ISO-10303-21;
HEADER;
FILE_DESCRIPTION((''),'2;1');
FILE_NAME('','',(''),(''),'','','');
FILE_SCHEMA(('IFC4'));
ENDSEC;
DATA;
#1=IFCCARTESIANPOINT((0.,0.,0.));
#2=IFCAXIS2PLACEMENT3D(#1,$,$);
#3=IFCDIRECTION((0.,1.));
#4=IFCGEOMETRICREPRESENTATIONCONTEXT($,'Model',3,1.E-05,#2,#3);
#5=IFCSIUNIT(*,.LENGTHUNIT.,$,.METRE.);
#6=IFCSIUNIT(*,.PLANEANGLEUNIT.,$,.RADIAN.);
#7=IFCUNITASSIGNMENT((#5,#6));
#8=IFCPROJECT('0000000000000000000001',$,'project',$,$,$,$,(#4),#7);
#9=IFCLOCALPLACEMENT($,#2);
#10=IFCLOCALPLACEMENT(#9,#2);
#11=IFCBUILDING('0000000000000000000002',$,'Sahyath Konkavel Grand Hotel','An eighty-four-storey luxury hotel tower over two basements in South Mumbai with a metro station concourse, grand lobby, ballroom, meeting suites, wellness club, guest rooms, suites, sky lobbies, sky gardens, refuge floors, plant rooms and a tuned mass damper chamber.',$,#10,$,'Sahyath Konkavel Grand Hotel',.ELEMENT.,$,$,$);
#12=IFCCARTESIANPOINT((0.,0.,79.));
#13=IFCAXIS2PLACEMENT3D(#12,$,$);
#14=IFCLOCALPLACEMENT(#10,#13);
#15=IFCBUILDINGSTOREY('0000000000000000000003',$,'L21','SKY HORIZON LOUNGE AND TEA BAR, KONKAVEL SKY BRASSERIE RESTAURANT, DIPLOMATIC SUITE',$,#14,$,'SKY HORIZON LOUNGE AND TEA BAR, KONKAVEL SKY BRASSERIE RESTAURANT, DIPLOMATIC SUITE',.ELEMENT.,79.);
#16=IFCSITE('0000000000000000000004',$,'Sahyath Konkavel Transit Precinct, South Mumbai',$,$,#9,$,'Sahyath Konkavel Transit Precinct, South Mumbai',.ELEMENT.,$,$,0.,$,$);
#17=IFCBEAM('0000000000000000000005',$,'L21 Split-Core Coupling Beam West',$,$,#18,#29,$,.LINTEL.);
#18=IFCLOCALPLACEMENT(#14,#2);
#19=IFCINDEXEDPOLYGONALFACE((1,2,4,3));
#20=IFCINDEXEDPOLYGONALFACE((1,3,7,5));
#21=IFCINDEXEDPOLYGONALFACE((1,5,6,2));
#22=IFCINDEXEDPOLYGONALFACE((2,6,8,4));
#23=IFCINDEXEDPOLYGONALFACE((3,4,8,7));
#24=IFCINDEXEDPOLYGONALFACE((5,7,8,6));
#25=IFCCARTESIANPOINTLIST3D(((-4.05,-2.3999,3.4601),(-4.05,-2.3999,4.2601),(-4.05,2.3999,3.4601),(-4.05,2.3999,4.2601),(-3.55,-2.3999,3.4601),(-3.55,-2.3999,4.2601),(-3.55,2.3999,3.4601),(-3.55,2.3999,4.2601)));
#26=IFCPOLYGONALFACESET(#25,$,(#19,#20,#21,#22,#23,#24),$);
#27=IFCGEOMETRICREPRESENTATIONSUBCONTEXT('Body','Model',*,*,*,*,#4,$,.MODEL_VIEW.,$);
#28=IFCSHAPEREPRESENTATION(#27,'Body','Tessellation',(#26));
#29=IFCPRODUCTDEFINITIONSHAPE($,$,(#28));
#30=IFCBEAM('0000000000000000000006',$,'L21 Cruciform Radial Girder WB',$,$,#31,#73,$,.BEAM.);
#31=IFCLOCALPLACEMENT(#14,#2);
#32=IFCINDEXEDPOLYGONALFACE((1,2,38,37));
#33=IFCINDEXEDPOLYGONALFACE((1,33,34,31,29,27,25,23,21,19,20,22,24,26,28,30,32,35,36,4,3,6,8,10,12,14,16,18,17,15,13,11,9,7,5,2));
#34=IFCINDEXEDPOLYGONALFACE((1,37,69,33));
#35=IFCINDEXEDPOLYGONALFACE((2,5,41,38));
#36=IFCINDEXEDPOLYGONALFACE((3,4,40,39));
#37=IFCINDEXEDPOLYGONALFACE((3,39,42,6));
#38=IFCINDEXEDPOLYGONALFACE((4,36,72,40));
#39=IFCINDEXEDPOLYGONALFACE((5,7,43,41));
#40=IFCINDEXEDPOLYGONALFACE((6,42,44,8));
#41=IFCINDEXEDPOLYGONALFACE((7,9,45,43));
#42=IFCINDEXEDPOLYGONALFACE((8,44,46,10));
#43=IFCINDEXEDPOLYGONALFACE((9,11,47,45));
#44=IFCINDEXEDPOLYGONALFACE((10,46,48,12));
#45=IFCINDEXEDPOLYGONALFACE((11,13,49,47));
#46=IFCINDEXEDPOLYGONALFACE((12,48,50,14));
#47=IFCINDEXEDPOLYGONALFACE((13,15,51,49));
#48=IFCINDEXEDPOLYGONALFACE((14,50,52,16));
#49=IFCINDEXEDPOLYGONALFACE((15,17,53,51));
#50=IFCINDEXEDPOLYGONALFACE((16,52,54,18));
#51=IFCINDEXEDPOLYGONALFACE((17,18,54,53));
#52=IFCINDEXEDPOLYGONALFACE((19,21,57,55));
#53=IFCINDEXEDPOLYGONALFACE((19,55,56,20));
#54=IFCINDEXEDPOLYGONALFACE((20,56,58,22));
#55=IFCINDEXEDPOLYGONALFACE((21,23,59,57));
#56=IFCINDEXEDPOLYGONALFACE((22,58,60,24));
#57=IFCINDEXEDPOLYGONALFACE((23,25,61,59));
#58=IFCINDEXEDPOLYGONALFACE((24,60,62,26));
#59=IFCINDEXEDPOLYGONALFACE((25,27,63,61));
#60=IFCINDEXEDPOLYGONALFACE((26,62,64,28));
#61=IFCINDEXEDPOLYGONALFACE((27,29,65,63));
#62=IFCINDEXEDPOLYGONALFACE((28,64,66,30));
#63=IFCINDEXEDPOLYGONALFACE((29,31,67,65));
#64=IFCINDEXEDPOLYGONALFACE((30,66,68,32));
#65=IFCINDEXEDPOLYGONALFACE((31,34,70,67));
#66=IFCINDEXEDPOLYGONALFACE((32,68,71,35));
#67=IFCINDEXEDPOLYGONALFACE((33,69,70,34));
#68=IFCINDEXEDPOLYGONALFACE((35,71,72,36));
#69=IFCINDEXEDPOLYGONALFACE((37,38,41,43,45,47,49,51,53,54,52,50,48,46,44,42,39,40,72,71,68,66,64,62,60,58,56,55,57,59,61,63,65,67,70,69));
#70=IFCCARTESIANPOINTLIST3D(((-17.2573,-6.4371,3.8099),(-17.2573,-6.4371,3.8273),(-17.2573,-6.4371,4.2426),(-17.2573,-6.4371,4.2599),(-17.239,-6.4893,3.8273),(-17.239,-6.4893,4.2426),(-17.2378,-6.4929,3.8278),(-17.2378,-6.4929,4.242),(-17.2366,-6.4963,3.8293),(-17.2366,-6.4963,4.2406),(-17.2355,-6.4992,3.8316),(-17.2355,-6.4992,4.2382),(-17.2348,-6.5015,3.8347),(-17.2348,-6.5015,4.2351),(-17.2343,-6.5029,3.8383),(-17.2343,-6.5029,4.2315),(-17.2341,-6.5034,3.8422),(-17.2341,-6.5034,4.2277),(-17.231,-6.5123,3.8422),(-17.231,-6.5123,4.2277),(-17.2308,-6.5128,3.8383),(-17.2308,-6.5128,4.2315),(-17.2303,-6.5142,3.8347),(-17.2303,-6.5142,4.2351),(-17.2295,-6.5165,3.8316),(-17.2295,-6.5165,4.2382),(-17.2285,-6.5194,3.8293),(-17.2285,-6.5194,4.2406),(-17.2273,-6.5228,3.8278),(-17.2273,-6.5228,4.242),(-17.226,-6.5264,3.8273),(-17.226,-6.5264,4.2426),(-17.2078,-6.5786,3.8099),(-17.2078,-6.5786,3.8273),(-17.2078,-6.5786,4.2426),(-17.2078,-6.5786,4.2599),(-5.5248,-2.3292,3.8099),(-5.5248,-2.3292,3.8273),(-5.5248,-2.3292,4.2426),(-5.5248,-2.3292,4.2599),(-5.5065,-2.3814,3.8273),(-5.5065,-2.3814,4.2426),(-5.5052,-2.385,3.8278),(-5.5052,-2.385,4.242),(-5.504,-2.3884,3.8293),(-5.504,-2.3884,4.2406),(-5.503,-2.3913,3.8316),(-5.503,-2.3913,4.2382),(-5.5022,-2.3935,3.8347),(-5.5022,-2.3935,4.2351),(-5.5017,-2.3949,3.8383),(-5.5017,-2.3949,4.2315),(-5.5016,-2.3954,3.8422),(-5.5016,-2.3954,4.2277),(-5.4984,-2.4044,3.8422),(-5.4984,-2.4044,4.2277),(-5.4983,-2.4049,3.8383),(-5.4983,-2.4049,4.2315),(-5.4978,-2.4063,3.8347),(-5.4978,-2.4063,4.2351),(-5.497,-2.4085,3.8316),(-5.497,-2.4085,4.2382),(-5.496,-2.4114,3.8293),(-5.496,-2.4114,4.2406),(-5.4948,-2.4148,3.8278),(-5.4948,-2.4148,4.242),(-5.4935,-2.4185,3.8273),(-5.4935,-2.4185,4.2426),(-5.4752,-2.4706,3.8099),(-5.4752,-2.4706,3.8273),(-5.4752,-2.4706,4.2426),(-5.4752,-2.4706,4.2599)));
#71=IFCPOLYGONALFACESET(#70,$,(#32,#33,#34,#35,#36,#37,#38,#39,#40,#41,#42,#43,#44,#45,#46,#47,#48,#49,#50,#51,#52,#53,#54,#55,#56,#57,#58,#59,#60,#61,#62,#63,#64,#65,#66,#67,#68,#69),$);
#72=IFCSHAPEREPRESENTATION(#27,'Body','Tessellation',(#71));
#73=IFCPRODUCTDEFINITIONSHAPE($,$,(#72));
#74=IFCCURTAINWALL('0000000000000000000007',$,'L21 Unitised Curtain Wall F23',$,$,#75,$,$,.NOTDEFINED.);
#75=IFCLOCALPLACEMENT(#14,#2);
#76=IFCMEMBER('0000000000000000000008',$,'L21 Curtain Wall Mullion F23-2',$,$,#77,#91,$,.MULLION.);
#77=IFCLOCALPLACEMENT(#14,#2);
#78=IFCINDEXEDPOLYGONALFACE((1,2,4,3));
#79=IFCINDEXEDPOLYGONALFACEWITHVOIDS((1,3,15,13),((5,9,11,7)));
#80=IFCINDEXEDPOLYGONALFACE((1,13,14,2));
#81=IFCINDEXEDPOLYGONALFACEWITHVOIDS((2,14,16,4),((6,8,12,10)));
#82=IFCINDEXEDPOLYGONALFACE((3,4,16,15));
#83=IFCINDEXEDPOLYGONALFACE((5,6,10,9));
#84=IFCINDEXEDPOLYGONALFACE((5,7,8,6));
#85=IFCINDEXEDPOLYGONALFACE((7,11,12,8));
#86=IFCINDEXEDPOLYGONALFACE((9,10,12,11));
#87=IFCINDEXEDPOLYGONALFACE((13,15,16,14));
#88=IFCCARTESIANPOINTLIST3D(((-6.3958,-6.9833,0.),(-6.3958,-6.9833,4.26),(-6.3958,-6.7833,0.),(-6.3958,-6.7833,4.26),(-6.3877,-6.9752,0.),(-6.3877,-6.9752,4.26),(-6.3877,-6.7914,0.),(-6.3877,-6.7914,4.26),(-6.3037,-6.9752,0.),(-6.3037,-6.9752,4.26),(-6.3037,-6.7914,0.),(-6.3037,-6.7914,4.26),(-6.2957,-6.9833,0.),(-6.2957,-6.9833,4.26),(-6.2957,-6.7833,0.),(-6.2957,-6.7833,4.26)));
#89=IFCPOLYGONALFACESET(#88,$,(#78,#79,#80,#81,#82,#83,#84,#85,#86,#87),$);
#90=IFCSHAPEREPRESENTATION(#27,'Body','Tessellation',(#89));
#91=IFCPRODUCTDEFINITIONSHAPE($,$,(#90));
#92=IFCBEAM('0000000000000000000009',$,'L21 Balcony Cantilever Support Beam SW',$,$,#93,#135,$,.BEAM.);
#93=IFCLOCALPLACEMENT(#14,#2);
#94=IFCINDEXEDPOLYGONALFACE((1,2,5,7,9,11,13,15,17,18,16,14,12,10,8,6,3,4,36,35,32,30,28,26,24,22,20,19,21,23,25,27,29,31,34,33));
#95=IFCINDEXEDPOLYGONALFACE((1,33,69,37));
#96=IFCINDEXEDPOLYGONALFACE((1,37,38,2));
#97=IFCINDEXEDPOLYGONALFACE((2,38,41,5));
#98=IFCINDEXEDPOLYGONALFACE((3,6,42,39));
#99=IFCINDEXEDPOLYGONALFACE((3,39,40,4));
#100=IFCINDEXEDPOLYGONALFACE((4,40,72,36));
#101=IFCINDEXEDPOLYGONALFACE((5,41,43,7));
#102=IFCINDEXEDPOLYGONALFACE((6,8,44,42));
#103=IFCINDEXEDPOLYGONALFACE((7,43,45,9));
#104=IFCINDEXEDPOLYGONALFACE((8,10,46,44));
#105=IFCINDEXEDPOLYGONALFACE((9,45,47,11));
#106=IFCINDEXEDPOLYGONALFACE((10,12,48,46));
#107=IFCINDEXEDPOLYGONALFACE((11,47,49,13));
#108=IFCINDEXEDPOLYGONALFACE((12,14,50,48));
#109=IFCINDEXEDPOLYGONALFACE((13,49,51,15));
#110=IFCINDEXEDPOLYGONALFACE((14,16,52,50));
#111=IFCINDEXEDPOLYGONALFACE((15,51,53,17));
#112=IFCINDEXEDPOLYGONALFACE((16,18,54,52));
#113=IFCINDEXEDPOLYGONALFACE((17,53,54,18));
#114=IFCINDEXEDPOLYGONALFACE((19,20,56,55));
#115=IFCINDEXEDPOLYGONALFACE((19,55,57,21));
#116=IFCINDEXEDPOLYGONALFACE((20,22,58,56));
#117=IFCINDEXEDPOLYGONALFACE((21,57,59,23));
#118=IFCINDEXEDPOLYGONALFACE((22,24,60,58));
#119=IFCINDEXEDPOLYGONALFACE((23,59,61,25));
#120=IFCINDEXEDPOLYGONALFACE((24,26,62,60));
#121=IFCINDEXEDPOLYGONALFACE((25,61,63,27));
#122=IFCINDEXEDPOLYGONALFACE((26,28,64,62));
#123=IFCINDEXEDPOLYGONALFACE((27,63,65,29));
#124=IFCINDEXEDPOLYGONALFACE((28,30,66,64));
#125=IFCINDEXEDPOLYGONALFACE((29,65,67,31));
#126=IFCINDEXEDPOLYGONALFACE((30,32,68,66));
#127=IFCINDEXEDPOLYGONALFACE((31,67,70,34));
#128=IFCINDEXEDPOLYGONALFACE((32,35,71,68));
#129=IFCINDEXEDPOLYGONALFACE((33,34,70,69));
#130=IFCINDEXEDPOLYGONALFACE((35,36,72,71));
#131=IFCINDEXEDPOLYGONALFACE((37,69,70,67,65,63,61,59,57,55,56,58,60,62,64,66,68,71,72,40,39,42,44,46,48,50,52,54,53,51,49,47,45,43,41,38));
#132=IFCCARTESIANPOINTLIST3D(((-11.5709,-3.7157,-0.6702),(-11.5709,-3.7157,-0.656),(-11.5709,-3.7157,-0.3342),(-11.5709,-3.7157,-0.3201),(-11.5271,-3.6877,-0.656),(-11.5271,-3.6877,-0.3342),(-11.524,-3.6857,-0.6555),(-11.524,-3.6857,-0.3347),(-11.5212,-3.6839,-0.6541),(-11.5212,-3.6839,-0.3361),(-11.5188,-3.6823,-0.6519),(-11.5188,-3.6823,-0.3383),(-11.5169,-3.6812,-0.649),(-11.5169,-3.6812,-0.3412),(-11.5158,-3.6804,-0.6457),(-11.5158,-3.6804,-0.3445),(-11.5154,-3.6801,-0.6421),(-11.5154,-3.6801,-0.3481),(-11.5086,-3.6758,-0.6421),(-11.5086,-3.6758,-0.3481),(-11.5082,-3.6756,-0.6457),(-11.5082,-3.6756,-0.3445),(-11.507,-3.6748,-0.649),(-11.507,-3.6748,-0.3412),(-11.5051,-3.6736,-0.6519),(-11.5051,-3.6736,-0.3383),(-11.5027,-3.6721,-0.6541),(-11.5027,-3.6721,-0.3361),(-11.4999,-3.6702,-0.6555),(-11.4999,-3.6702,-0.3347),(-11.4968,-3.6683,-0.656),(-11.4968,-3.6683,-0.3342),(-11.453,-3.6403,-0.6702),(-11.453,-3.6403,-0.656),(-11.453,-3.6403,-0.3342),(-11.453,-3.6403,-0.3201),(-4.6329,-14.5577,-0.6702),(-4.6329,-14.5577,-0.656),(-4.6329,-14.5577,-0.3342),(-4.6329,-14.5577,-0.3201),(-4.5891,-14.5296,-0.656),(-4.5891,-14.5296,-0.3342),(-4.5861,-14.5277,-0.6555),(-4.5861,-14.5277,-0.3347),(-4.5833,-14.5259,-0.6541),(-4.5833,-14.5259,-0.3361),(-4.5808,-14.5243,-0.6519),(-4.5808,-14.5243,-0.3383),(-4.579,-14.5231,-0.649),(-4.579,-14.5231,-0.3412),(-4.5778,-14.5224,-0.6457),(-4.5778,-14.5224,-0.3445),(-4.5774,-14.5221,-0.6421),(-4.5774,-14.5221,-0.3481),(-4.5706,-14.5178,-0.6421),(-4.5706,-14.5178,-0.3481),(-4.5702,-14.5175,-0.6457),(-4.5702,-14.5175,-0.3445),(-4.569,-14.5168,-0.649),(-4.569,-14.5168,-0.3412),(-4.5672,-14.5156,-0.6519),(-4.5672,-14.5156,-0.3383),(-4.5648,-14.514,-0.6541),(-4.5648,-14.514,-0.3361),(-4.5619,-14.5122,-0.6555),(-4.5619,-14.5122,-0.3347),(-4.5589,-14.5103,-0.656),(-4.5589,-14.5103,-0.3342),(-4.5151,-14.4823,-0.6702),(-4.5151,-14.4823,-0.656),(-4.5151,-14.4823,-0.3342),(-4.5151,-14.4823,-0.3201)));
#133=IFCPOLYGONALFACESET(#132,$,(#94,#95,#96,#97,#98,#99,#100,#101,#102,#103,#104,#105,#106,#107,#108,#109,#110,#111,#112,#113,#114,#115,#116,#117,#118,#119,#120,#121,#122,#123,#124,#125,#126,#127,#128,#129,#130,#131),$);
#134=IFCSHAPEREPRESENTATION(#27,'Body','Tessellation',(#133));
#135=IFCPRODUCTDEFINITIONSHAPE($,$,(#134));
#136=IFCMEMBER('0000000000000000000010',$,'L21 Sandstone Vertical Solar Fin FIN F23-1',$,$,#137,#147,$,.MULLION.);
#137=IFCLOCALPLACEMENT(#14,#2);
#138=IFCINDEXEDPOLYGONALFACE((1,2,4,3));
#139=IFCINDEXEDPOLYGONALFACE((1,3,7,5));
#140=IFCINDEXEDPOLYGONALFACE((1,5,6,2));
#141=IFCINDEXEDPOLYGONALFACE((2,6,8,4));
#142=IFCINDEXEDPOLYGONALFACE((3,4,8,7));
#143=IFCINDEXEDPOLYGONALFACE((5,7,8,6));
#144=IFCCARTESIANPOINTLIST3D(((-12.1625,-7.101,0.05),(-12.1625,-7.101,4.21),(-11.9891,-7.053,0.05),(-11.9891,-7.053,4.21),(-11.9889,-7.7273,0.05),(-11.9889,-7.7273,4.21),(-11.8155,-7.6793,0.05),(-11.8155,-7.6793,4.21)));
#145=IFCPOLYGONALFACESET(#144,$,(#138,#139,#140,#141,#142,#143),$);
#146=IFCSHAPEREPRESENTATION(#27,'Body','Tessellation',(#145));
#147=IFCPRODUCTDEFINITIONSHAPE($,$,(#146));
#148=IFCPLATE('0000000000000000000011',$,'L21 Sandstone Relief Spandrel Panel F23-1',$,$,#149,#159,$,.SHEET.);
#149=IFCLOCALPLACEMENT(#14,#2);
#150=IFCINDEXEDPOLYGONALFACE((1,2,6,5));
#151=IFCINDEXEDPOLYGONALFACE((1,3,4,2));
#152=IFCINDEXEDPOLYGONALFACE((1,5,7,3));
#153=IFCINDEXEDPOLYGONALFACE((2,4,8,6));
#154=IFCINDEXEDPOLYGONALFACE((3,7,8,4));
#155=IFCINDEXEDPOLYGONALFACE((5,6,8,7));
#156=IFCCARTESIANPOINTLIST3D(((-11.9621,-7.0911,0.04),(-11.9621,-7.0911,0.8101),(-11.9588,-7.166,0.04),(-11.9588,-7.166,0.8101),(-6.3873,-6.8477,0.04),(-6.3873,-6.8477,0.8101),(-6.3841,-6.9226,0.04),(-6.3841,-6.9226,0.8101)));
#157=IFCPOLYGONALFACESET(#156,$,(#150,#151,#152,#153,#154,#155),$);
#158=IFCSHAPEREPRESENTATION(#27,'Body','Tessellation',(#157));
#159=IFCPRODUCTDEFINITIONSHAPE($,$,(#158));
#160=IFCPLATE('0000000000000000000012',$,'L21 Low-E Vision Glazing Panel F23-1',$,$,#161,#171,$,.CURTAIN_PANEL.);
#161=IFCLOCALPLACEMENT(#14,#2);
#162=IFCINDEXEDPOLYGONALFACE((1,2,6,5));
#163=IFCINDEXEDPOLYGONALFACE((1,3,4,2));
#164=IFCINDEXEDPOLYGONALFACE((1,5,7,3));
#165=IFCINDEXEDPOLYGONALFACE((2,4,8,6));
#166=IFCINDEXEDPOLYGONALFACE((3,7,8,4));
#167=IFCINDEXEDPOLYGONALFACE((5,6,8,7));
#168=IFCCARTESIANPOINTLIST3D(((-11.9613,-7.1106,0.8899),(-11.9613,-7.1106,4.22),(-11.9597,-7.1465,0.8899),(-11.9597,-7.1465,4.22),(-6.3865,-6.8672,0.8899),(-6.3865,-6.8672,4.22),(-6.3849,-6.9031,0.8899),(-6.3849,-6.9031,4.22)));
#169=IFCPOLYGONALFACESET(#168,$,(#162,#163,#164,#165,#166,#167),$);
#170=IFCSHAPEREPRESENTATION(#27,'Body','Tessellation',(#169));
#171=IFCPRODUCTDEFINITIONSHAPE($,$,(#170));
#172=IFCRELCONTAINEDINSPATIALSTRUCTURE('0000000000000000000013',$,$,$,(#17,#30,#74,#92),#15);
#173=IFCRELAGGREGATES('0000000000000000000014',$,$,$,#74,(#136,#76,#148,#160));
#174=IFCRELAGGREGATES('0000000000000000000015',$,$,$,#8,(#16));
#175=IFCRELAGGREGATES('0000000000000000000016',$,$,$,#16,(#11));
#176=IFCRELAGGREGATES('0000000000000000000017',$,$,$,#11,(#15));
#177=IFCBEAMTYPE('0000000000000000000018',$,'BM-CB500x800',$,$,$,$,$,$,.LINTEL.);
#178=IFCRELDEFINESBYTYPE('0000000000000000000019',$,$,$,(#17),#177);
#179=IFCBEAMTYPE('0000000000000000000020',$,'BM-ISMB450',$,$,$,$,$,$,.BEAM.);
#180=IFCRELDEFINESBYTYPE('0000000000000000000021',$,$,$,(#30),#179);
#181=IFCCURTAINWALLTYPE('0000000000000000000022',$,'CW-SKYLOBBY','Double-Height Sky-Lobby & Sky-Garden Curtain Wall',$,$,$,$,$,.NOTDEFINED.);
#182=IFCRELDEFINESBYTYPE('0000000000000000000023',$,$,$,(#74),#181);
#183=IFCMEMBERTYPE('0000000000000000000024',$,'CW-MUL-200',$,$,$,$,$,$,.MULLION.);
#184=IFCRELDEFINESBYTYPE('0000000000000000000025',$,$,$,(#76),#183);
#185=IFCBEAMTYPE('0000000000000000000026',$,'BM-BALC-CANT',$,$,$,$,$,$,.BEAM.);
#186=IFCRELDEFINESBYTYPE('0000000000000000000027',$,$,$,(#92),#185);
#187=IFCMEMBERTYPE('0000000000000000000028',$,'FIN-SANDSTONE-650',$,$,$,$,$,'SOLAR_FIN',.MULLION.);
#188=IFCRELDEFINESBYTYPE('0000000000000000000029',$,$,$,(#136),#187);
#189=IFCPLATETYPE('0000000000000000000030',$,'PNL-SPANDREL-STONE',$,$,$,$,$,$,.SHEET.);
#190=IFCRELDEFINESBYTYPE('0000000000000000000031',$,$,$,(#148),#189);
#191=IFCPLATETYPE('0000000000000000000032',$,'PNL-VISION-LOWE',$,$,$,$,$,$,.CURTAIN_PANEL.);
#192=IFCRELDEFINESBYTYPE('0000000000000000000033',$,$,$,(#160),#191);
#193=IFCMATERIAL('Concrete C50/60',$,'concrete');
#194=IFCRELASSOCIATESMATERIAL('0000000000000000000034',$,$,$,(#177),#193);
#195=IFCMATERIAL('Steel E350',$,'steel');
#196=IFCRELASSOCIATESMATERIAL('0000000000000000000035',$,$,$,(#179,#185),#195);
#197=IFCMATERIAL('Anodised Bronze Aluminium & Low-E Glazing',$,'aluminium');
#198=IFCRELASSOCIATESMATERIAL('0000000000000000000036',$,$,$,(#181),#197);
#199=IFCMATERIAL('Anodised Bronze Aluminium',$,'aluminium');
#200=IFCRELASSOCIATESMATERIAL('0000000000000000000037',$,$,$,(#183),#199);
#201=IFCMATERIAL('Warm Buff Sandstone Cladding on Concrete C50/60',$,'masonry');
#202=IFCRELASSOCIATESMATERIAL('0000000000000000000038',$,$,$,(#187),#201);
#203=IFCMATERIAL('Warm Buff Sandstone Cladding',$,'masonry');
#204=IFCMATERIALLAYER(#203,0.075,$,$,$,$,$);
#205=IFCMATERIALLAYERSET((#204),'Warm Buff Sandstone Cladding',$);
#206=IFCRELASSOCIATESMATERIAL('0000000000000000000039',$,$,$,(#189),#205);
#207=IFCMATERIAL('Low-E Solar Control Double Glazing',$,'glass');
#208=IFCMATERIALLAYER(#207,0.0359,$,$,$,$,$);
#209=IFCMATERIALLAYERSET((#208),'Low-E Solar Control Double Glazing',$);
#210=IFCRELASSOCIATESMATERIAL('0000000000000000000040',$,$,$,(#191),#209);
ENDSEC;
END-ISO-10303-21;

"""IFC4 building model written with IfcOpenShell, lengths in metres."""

from ifc_helpers import new_model, si_unit, direction, frame, origin, origin_2d, place, context, subcontext, project, spatial, rectangle, hollow_rectangle, i_section, extrude, source, transform, mapped, material, layer, layer_set, material_profile, profile_set, type_object, element, aggregate, save


model = new_model("IFC4")

# Units and contexts
model_context = context("Model", 3, precision=1e-05, world=origin(), true_north=direction((0.0, 1.0)))
body_context = subcontext(model_context, "Body", "Model", "MODEL_VIEW")
ifc_project = project(units=[si_unit("LENGTHUNIT", "METRE"), si_unit("PLANEANGLEUNIT", "RADIAN")], contexts=[model_context])

# Site, building, storey
site_placement = place(None, origin())
site = spatial("IfcSite", under=ifc_project, at=site_placement, Name="Sahyath Konkavel Transit Precinct, South Mumbai", LongName="Sahyath Konkavel Transit Precinct, South Mumbai", CompositionType="ELEMENT", RefElevation=0.0)
building_placement = place(site_placement, origin())
building = spatial("IfcBuilding", under=site, at=building_placement, Name="Sahyath Konkavel Grand Hotel", Description="An eighty-four-storey luxury hotel tower over two basements in South Mumbai with a metro station concourse, grand lobby, ballroom, meeting suites, wellness club, guest rooms, suites, sky lobbies, sky gardens, refuge floors, plant rooms and a tuned mass damper chamber.", LongName="Sahyath Konkavel Grand Hotel", CompositionType="ELEMENT")
storey_placement = place(building_placement, frame((0.0, 0.0, 79.0)))
storey = spatial("IfcBuildingStorey", under=building, at=storey_placement, Name="L21", Description="SKY HORIZON LOUNGE AND TEA BAR, KONKAVEL SKY BRASSERIE RESTAURANT, DIPLOMATIC SUITE", LongName="SKY HORIZON LOUNGE AND TEA BAR, KONKAVEL SKY BRASSERIE RESTAURANT, DIPLOMATIC SUITE", CompositionType="ELEMENT", Elevation=79.0)

# Shared definitions
ifc_material_1 = material(Name="Concrete C50/60", Category="concrete")

# Beams
ifc_material_2 = material(Name="Steel E350", Category="steel")
ifc_material_profile_1 = material_profile(ifc_material_1, rectangle(XDim=0.5, YDim=0.8, at=origin_2d()), Name="RC 500x800")
ifc_profile_set_1 = profile_set([ifc_material_profile_1], Name="Concrete C50/60")
beam_type_1 = type_object("IfcBeamType", Name="BM-CB500x800", PredefinedType="LINTEL", material=ifc_profile_set_1)
shared_shape_1 = source(origin(), body_context, "Body", "SweptSolid", [
    extrude(rectangle(XDim=0.5, YDim=0.8, at=origin_2d()), origin(), (0.0, 0.0, 1.0), 4.7998),
])
beam_1_placement = place(storey_placement, frame((-3.8, -2.3999, 3.8601), z_axis=(0.0, 1.0, 0.0), x_axis=(-1.0, 0.0, 0.0)))
element("IfcBeam", 1, at=beam_1_placement, inside=storey, type_object=beam_type_1, Name="L21 Split-Core Coupling Beam West", PredefinedType="LINTEL", context=body_context, shape_type="MappedRepresentation", body=[
    mapped(shared_shape_1, transform((0.0, 0.0, 0.0), scale=1.0)),
])
ifc_material_profile_2 = material_profile(ifc_material_2, i_section(OverallWidth=0.1499, OverallDepth=0.45, WebThickness=0.0095, FlangeThickness=0.0173, FilletRadius=0.0149, at=origin_2d()), Name="ISMB 450")
ifc_profile_set_2 = profile_set([ifc_material_profile_2], Name="Steel E350")
beam_type_2 = type_object("IfcBeamType", Name="BM-ISMB450", PredefinedType="BEAM", material=ifc_profile_set_2)
shared_shape_2 = source(origin(), body_context, "Body", "SweptSolid", [
    extrude(i_section(OverallWidth=0.1499, OverallDepth=0.45, WebThickness=0.0095, FlangeThickness=0.0173, FilletRadius=0.0149, at=origin_2d()), origin(), (0.0, 0.0, 1.0), 12.4309),
])
beam_2_placement = place(storey_placement, frame((-5.5, -2.3999, 4.0349), z_axis=(-0.943819, -0.330462, 0.0), x_axis=(0.330462, -0.943819, 0.0)))
element("IfcBeam", 2, at=beam_2_placement, inside=storey, type_object=beam_type_2, Name="L21 Cruciform Radial Girder WB", PredefinedType="BEAM", context=body_context, shape_type="MappedRepresentation", body=[
    mapped(shared_shape_2, transform((0.0, 0.0, 0.0), scale=1.0)),
])

# Curtain wall, member
ifc_material_3 = material(Name="Anodised Bronze Aluminium & Low-E Glazing", Category="aluminium")
curtain_wall_type = type_object("IfcCurtainWallType", Name="CW-SKYLOBBY", Description="Double-Height Sky-Lobby & Sky-Garden Curtain Wall", PredefinedType="NOTDEFINED", material=ifc_material_3)
curtain_wall_placement = place(storey_placement, origin())
curtain_wall = element("IfcCurtainWall", 3, at=curtain_wall_placement, inside=storey, type_object=curtain_wall_type, Name="L21 Unitised Curtain Wall F23", PredefinedType="NOTDEFINED")
ifc_material_4 = material(Name="Anodised Bronze Aluminium", Category="aluminium")
ifc_material_profile_3 = material_profile(ifc_material_4, hollow_rectangle(XDim=0.1001, YDim=0.2, WallThickness=0.0081, at=origin_2d()), Name="RHS 200x100x8")
ifc_profile_set_3 = profile_set([ifc_material_profile_3], Name="Anodised Bronze Aluminium")
member_type_1 = type_object("IfcMemberType", Name="CW-MUL-200", PredefinedType="MULLION", material=ifc_profile_set_3)
shared_shape_3 = source(origin(), body_context, "Body", "SweptSolid", [
    extrude(hollow_rectangle(XDim=0.1001, YDim=0.2, WallThickness=0.0081, at=origin_2d()), origin(), (0.0, 0.0, 1.0), 4.26),
])
member_1_placement = place(storey_placement, frame((-6.3457, -6.8833, 0.0), z_axis=(0.0, 0.0, 1.0), x_axis=(1.0, 0.0, 0.0)))
member_1 = element("IfcMember", 4, at=member_1_placement, type_object=member_type_1, Name="L21 Curtain Wall Mullion F23-2", PredefinedType="MULLION", context=body_context, shape_type="MappedRepresentation", body=[
    mapped(shared_shape_3, transform((0.0, 0.0, 0.0), scale=1.0)),
])

# Beam
ifc_material_profile_4 = material_profile(ifc_material_2, i_section(OverallWidth=0.1399, OverallDepth=0.3501, WebThickness=0.0081, FlangeThickness=0.0142, FilletRadius=0.0139, at=origin_2d()), Name="ISMB 350")
ifc_profile_set_4 = profile_set([ifc_material_profile_4], Name="Steel E350")
beam_type_3 = type_object("IfcBeamType", Name="BM-BALC-CANT", PredefinedType="BEAM", material=ifc_profile_set_4)
shared_shape_4 = source(origin(), body_context, "Body", "SweptSolid", [
    extrude(i_section(OverallWidth=0.1399, OverallDepth=0.3501, WebThickness=0.0081, FlangeThickness=0.0142, FilletRadius=0.0139, at=origin_2d()), origin(), (0.0, 0.0, 1.0), 12.8718),
])
beam_3_placement = place(storey_placement, frame((-11.512, -3.678, -0.4951), z_axis=(0.539003, -0.842304, 0.0), x_axis=(0.842304, 0.539003, 0.0)))
element("IfcBeam", 5, at=beam_3_placement, inside=storey, type_object=beam_type_3, Name="L21 Balcony Cantilever Support Beam SW", PredefinedType="BEAM", context=body_context, shape_type="MappedRepresentation", body=[
    mapped(shared_shape_4, transform((0.0, 0.0, 0.0), scale=1.0)),
])

# Member
ifc_material_5 = material(Name="Warm Buff Sandstone Cladding on Concrete C50/60", Category="masonry")
ifc_material_profile_5 = material_profile(ifc_material_5, rectangle(XDim=0.1799, YDim=0.6499, at=origin_2d()), Name="FIN 180x650")
ifc_profile_set_5 = profile_set([ifc_material_profile_5], Name="Warm Buff Sandstone Cladding on Concrete C50/60")
member_type_2 = type_object("IfcMemberType", Name="FIN-SANDSTONE-650", ElementType="SOLAR_FIN", PredefinedType="MULLION", material=ifc_profile_set_5)
shared_shape_5 = source(origin(), body_context, "Body", "SweptSolid", [
    extrude(rectangle(XDim=0.1799, YDim=0.6499, at=origin_2d()), origin(), (0.0, 0.0, 1.0), 4.1599),
])
member_2_placement = place(storey_placement, frame((-11.989, -7.3901, 0.05), z_axis=(0.0, 0.0, 1.0), x_axis=(0.963677, 0.26707, 0.0)))
member_2 = element("IfcMember", 6, at=member_2_placement, type_object=member_type_2, Name="L21 Sandstone Vertical Solar Fin FIN F23-1", PredefinedType="MULLION", context=body_context, shape_type="MappedRepresentation", body=[
    mapped(shared_shape_5, transform((0.0, 0.0, 0.0), scale=1.0)),
])

# Plates
ifc_material_6 = material(Name="Warm Buff Sandstone Cladding", Category="masonry")
ifc_layer_1 = layer(ifc_material_6, 0.075)
ifc_layer_set_1 = layer_set([ifc_layer_1], Name="Warm Buff Sandstone Cladding")
plate_type_1 = type_object("IfcPlateType", Name="PNL-SPANDREL-STONE", PredefinedType="SHEET", material=ifc_layer_set_1)
shared_shape_6 = source(origin(), body_context, "Body", "SweptSolid", [
    extrude(rectangle(XDim=5.5801, YDim=0.075, at=origin_2d()), origin(), (0.0, 0.0, 1.0), 0.77),
])
plate_1_placement = place(storey_placement, frame((-9.1731, -7.0068, 0.04), z_axis=(0.0, 0.0, 1.0), x_axis=(0.999048, 0.043619, 0.0)))
plate_1 = element("IfcPlate", 7, at=plate_1_placement, type_object=plate_type_1, Name="L21 Sandstone Relief Spandrel Panel F23-1", PredefinedType="SHEET", context=body_context, shape_type="MappedRepresentation", body=[
    mapped(shared_shape_6, transform((0.0, 0.0, 0.0), scale=1.0)),
])
ifc_material_7 = material(Name="Low-E Solar Control Double Glazing", Category="glass")
ifc_layer_2 = layer(ifc_material_7, 0.0359)
ifc_layer_set_2 = layer_set([ifc_layer_2], Name="Low-E Solar Control Double Glazing")
plate_type_2 = type_object("IfcPlateType", Name="PNL-VISION-LOWE", PredefinedType="CURTAIN_PANEL", material=ifc_layer_set_2)
shared_shape_7 = source(origin(), body_context, "Body", "SweptSolid", [
    extrude(rectangle(XDim=5.5801, YDim=0.0359, at=origin_2d()), origin(), (0.0, 0.0, 1.0), 3.3301),
])
plate_2_placement = place(storey_placement, frame((-9.1731, -7.0068, 0.8899), z_axis=(0.0, 0.0, 1.0), x_axis=(0.999048, 0.043619, 0.0)))
plate_2 = element("IfcPlate", 8, at=plate_2_placement, type_object=plate_type_2, Name="L21 Low-E Vision Glazing Panel F23-1", PredefinedType="CURTAIN_PANEL", context=body_context, shape_type="MappedRepresentation", body=[
    mapped(shared_shape_7, transform((0.0, 0.0, 0.0), scale=1.0)),
])
aggregate(curtain_wall, [member_2, member_1, plate_1, plate_2])

save(model, "model.ifc")
